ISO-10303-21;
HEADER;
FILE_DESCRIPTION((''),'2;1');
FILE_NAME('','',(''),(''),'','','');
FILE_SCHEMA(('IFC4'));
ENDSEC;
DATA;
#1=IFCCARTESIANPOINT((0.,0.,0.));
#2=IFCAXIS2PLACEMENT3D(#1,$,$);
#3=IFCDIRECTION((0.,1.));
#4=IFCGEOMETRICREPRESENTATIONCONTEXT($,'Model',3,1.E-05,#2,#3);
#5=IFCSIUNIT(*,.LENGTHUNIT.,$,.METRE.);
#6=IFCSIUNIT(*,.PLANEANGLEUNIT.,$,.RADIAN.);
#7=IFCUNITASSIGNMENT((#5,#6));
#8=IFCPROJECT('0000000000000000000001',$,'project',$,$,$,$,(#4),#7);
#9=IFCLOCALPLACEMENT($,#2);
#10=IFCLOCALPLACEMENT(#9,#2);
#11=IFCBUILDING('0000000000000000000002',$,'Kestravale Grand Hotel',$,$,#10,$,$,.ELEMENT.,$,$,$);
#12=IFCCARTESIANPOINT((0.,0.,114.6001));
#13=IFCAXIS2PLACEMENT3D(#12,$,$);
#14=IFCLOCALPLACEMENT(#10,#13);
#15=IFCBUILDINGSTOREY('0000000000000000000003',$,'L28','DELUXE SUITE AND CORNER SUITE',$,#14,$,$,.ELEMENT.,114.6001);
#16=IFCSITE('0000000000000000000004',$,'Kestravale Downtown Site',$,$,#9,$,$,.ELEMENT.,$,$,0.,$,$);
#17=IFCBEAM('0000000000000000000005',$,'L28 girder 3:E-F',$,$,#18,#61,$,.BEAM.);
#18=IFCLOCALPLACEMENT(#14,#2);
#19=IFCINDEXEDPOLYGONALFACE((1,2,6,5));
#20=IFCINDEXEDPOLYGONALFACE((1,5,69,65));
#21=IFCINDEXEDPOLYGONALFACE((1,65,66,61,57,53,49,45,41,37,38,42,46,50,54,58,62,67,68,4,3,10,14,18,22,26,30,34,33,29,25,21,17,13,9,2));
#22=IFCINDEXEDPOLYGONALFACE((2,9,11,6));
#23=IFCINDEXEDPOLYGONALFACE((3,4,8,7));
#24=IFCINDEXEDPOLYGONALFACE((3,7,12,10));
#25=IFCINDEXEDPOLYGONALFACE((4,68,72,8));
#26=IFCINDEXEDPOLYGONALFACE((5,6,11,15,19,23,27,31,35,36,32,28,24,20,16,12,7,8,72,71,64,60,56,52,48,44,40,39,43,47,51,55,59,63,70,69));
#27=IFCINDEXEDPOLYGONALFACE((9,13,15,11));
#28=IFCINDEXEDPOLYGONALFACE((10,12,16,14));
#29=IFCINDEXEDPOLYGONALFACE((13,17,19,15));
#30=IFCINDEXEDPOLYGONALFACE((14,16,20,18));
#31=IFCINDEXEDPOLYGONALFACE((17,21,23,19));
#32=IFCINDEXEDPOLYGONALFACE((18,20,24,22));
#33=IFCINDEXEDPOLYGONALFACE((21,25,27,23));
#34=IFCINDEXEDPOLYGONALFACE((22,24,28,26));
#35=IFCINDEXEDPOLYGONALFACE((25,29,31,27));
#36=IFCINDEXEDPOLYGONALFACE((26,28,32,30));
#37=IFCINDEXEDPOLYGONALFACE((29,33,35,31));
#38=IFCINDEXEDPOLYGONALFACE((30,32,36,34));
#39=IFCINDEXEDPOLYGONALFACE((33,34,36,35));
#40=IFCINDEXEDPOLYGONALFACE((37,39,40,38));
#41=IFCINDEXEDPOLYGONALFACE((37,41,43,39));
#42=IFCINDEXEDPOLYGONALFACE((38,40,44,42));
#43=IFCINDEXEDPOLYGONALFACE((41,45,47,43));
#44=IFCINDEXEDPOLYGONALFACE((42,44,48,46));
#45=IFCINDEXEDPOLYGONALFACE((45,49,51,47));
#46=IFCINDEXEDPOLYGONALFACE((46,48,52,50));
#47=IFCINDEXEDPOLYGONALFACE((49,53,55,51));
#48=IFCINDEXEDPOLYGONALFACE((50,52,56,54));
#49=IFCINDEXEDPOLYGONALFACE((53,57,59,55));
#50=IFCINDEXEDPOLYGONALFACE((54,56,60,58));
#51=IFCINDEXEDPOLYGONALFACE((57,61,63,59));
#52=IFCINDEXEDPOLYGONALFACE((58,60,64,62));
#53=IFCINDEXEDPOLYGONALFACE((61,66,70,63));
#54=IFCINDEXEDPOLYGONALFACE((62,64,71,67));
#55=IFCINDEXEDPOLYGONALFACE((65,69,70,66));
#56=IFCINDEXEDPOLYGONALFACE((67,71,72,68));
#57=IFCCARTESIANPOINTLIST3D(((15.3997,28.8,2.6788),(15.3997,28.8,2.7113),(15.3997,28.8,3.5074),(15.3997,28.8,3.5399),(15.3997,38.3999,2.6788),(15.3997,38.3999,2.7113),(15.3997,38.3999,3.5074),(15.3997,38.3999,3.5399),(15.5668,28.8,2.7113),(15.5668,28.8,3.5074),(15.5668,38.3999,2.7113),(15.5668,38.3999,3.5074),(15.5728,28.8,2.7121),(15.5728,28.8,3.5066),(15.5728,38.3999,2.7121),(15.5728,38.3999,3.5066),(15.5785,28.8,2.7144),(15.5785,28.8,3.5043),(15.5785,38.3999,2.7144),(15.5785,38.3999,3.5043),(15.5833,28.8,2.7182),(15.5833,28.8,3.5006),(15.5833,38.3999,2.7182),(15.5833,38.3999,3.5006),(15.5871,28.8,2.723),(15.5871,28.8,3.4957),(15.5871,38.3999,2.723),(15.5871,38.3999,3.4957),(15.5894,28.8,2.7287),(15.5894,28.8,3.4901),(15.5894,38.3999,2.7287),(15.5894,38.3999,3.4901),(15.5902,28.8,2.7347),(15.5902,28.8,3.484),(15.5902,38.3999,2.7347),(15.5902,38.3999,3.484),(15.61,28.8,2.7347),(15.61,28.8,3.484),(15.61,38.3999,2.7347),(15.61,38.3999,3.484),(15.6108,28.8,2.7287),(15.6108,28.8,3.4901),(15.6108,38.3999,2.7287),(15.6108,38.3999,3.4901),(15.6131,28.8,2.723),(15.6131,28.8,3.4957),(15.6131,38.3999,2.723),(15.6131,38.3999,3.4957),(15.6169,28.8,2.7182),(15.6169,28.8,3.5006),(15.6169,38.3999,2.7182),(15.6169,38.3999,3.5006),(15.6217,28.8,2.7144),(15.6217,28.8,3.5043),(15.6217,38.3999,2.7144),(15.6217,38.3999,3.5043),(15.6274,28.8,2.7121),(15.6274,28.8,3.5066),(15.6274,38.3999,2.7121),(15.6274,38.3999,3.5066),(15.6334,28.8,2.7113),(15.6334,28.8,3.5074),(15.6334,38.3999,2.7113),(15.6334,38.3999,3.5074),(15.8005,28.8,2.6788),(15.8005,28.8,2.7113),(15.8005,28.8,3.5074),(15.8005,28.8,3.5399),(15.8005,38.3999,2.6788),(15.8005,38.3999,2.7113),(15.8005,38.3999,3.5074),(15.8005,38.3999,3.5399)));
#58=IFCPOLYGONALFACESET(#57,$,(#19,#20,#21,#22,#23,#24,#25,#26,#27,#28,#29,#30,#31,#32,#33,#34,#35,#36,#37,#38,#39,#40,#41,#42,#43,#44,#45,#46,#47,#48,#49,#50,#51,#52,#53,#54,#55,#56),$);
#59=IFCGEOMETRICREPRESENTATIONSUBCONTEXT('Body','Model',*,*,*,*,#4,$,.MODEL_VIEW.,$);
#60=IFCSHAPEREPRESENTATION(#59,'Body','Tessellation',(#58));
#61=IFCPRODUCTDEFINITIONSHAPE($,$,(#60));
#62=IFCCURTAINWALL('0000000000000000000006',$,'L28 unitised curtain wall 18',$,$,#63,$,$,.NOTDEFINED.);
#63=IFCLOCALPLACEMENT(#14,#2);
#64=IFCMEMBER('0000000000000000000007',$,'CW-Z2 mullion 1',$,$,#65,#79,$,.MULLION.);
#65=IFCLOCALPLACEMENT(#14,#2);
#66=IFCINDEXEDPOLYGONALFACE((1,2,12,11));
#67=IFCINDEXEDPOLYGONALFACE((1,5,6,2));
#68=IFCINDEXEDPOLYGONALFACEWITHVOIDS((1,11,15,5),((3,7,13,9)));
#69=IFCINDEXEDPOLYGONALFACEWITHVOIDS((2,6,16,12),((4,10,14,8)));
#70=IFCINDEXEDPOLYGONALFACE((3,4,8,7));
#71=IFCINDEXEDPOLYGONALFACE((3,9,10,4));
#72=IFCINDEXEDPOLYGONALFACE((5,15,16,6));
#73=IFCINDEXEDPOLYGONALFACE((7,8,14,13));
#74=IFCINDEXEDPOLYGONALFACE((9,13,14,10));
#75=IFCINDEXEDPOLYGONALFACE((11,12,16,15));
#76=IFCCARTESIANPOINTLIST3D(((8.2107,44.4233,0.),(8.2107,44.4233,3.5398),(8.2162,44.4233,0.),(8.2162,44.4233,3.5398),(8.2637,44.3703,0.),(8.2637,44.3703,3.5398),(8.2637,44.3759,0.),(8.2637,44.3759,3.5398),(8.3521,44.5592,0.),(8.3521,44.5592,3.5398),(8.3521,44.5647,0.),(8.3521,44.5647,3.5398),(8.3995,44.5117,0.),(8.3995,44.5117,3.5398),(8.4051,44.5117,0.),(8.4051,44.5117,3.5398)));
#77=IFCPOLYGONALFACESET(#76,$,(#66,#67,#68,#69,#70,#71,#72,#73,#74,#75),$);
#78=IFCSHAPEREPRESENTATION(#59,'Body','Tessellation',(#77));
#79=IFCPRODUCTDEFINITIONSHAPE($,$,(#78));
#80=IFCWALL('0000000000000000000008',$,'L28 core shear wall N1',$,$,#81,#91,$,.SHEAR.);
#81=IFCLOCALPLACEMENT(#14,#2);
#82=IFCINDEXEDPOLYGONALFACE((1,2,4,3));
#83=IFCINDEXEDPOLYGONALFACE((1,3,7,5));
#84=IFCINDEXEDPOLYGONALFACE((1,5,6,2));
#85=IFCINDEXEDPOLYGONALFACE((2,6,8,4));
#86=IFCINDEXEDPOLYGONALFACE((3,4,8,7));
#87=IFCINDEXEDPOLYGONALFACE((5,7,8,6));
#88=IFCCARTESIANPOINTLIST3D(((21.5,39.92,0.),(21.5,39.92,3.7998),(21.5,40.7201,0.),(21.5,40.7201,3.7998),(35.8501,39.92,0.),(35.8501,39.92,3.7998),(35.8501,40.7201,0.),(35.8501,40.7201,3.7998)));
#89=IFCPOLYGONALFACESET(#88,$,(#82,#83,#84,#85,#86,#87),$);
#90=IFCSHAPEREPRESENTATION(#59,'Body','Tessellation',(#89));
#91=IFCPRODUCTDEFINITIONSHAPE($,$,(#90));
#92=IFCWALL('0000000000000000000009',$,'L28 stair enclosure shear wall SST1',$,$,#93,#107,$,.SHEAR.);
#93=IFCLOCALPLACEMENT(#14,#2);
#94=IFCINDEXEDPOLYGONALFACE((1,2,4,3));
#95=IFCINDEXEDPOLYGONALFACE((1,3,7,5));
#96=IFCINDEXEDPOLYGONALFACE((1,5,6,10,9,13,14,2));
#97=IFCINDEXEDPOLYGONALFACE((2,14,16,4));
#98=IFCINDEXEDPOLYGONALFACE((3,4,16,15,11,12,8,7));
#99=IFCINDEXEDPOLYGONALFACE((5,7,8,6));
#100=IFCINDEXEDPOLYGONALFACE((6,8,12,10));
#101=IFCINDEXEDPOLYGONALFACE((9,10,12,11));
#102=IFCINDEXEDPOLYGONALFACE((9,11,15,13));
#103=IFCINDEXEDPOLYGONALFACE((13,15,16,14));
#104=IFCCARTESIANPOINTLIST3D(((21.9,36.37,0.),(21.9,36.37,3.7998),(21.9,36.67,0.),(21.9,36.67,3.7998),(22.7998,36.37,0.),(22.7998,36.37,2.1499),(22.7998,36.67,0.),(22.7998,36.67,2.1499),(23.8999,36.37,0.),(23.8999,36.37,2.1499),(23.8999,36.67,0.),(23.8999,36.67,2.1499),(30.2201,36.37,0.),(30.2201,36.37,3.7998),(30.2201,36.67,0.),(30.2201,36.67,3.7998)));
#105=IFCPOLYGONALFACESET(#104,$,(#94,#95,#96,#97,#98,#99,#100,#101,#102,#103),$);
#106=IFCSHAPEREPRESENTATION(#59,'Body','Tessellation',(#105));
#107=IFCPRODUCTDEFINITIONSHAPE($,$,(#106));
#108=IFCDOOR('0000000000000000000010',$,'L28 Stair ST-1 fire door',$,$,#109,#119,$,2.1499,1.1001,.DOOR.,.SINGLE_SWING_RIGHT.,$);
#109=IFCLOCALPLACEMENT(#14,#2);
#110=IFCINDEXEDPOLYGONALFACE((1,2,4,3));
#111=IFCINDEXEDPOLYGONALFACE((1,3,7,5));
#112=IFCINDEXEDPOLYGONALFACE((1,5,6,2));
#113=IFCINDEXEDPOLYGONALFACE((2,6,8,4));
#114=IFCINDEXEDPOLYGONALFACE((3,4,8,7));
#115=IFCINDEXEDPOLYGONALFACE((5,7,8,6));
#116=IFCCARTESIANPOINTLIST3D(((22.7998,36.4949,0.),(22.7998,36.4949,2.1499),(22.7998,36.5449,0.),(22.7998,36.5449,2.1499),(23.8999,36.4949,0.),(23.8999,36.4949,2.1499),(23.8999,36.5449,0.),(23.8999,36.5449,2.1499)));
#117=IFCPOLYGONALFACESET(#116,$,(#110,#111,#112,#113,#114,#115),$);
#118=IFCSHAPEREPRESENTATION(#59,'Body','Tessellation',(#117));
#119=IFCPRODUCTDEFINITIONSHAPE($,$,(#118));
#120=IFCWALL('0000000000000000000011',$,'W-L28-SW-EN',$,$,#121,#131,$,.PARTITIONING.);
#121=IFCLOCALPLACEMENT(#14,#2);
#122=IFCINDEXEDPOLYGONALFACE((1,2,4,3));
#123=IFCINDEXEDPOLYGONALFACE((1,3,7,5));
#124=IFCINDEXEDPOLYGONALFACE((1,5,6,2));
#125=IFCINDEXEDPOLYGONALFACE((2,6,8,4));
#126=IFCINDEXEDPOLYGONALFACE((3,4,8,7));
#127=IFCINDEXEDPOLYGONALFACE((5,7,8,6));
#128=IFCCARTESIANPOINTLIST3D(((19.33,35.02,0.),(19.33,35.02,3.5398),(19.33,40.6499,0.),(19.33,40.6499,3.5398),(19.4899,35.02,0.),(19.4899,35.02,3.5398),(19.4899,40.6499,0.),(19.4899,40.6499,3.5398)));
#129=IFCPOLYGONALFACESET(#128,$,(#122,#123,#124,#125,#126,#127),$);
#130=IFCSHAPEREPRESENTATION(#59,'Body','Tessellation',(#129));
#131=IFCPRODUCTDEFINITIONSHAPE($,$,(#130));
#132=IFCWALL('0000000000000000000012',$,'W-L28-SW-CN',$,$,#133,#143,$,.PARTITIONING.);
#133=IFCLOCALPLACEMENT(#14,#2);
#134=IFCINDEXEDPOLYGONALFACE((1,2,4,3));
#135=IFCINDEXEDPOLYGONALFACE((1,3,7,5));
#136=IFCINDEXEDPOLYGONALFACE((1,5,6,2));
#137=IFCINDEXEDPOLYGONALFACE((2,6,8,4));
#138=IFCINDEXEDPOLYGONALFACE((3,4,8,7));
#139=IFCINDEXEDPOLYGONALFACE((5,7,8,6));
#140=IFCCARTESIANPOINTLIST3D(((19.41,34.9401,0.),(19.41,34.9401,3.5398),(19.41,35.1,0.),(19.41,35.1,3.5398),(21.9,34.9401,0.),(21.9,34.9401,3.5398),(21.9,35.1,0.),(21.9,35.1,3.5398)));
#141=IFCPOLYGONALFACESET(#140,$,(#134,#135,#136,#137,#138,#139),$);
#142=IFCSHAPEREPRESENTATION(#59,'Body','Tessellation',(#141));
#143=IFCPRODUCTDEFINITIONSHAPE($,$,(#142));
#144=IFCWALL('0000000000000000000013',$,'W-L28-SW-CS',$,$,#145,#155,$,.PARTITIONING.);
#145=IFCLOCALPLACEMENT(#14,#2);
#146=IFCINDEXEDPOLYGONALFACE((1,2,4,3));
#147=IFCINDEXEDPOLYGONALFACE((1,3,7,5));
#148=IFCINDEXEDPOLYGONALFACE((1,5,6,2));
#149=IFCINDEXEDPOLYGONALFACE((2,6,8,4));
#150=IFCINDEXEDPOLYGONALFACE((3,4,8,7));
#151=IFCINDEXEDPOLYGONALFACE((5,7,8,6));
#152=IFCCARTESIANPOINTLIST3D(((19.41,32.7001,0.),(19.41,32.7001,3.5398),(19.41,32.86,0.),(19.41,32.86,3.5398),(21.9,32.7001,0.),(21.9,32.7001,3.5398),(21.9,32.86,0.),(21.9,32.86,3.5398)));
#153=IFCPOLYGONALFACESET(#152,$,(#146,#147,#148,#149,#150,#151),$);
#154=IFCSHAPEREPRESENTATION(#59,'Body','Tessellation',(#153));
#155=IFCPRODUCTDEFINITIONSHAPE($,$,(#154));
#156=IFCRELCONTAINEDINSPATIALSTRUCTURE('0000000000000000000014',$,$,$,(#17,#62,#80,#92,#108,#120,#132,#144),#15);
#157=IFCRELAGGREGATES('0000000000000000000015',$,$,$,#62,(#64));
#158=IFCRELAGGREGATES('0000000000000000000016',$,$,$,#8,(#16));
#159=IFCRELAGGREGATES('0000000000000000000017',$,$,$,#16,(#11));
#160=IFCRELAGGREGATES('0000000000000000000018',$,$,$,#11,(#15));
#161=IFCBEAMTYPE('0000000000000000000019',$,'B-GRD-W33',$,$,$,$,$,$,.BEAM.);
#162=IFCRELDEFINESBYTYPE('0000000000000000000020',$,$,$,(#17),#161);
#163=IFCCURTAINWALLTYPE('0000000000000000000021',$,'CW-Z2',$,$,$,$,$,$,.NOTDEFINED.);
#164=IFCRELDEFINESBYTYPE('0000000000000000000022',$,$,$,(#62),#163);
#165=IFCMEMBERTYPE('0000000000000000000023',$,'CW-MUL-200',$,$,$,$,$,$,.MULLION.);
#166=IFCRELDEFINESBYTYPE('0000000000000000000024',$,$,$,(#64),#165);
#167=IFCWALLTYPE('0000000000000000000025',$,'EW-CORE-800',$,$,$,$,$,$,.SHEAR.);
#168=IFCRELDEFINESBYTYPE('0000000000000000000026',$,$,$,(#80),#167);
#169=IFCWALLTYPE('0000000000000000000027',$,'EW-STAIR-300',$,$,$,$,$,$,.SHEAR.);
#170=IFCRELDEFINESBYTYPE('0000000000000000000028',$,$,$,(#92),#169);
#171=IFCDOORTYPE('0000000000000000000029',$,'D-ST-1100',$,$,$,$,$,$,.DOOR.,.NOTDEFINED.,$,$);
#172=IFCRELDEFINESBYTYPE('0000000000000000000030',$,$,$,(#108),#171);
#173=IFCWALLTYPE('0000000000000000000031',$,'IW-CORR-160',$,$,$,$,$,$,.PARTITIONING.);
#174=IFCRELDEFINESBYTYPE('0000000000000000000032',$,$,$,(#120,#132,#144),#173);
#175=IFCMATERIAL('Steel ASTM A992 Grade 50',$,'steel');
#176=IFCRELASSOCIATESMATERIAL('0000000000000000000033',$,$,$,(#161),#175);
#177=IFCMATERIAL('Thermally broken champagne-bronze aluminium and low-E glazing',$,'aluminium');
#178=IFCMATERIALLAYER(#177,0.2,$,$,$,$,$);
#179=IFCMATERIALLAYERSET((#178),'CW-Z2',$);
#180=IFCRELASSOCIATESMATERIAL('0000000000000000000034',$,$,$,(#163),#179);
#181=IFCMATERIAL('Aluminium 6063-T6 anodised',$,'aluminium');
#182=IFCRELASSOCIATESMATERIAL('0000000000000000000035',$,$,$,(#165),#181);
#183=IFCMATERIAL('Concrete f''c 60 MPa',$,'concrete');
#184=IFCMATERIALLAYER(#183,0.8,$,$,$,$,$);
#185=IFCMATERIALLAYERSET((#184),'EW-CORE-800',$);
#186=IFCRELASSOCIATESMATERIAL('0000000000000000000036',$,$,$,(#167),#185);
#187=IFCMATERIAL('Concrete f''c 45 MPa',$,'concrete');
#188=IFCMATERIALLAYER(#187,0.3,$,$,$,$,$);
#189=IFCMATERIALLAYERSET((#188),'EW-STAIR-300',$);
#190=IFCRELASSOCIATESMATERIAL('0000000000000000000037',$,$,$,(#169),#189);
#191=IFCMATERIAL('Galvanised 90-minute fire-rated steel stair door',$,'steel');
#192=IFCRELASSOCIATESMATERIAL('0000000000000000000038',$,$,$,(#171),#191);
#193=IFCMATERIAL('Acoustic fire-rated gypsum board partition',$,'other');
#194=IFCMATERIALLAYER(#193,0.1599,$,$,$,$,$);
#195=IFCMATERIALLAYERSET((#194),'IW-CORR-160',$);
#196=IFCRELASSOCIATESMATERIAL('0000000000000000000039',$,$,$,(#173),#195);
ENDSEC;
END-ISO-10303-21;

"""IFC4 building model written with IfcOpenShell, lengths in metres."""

from ifc_helpers import new_model, si_unit, direction, frame, frame_2d, origin, origin_2d, place, context, subcontext, project, spatial, rectangle, hollow_rectangle, i_section, extrude, material, layer, layer_set, material_profile, profile_set, type_object, element, fill, aggregate, save


model = new_model("IFC4")

# Units and contexts
model_context = context("Model", 3, precision=1e-05, world=origin(), true_north=direction((0.0, 1.0)))
body_context = subcontext(model_context, "Body", "Model", "MODEL_VIEW")
ifc_project = project(units=[si_unit("LENGTHUNIT", "METRE"), si_unit("PLANEANGLEUNIT", "RADIAN")], contexts=[model_context])

# Site, building, storey
site_placement = place(None, origin())
site = spatial("IfcSite", under=ifc_project, at=site_placement, Name="Kestravale Downtown Site", CompositionType="ELEMENT", RefElevation=0.0)
building_placement = place(site_placement, origin())
building = spatial("IfcBuilding", under=site, at=building_placement, Name="Kestravale Grand Hotel", CompositionType="ELEMENT")
storey_placement = place(building_placement, frame((0.0, 0.0, 114.6001)))
storey = spatial("IfcBuildingStorey", under=building, at=storey_placement, Name="L28", Description="DELUXE SUITE AND CORNER SUITE", CompositionType="ELEMENT", Elevation=114.6001)

# Beam
ifc_material_1 = material(Name="Steel ASTM A992 Grade 50", Category="steel")
ifc_material_profile_1 = material_profile(ifc_material_1, i_section(OverallWidth=0.4009, OverallDepth=0.8611, WebThickness=0.0198, FlangeThickness=0.0325, FilletRadius=0.0234, at=origin_2d()))
ifc_profile_set_1 = profile_set([ifc_material_profile_1], Name="Steel ASTM A992 Grade 50")
beam_type_1 = type_object("IfcBeamType", Name="B-GRD-W33", PredefinedType="BEAM", material=ifc_profile_set_1)
beam_1_placement = place(storey_placement, frame((15.6001, 28.8, 3.1094), z_axis=(0.0, 1.0, 0.0), x_axis=(-1.0, 0.0, 0.0)))
element("IfcBeam", 1, at=beam_1_placement, inside=storey, type_object=beam_type_1, Name="L28 girder 3:E-F", PredefinedType="BEAM", context=body_context, shape_type="SweptSolid", body=[
    extrude(i_section(OverallWidth=0.4009, OverallDepth=0.8611, WebThickness=0.0198, FlangeThickness=0.0325, FilletRadius=0.0234, at=origin_2d()), origin(), (0.0, 0.0, 1.0), 9.5999),
])

# Curtain wall, member
ifc_material_2 = material(Name="Thermally broken champagne-bronze aluminium and low-E glazing", Category="aluminium")
ifc_layer_1 = layer(ifc_material_2, 0.2)
ifc_layer_set_1 = layer_set([ifc_layer_1], Name="CW-Z2")
curtain_wall_type = type_object("IfcCurtainWallType", Name="CW-Z2", PredefinedType="NOTDEFINED", material=ifc_layer_set_1)
curtain_wall_placement = place(storey_placement, origin())
curtain_wall = element("IfcCurtainWall", 2, at=curtain_wall_placement, inside=storey, type_object=curtain_wall_type, Name="L28 unitised curtain wall 18", PredefinedType="NOTDEFINED")
ifc_material_3 = material(Name="Aluminium 6063-T6 anodised", Category="aluminium")
ifc_material_profile_2 = material_profile(ifc_material_3, hollow_rectangle(XDim=0.075, YDim=0.2, WallThickness=0.0039, at=origin_2d()))
ifc_profile_set_2 = profile_set([ifc_material_profile_2], Name="Aluminium 6063-T6 anodised")
member_type = type_object("IfcMemberType", Name="CW-MUL-200", PredefinedType="MULLION", material=ifc_profile_set_2)
member_placement = place(storey_placement, frame((8.3079, 44.4675, 0.0), z_axis=(0.0, 0.0, 1.0), x_axis=(0.707107, -0.707107, 0.0)))
member = element("IfcMember", 3, at=member_placement, type_object=member_type, Name="CW-Z2 mullion 1", PredefinedType="MULLION", context=body_context, shape_type="SweptSolid", body=[
    extrude(hollow_rectangle(XDim=0.075, YDim=0.2, WallThickness=0.0039, at=origin_2d()), origin(), (0.0, 0.0, 1.0), 3.5398),
])
aggregate(curtain_wall, [member])

# Wall
ifc_material_4 = material(Name="Concrete f'c 60 MPa", Category="concrete")
ifc_layer_2 = layer(ifc_material_4, 0.8)
ifc_layer_set_2 = layer_set([ifc_layer_2], Name="EW-CORE-800")
wall_type_1 = type_object("IfcWallType", Name="EW-CORE-800", PredefinedType="SHEAR", material=ifc_layer_set_2)
wall_1_placement = place(storey_placement, frame((21.5, 40.3201, 0.0), z_axis=(0.0, 0.0, 1.0), x_axis=(1.0, 0.0, 0.0)))
element("IfcWall", 4, at=wall_1_placement, inside=storey, type_object=wall_type_1, Name="L28 core shear wall N1", PredefinedType="SHEAR", context=body_context, shape_type="SweptSolid", body=[
    extrude(rectangle(XDim=14.3501, YDim=0.8, at=frame_2d((7.175, 0.0))), origin(), (0.0, 0.0, 1.0), 3.7998),
])

# Wall, opening, door
ifc_material_5 = material(Name="Concrete f'c 45 MPa", Category="concrete")
ifc_layer_3 = layer(ifc_material_5, 0.3)
ifc_layer_set_3 = layer_set([ifc_layer_3], Name="EW-STAIR-300")
wall_type_2 = type_object("IfcWallType", Name="EW-STAIR-300", PredefinedType="SHEAR", material=ifc_layer_set_3)
wall_2_placement = place(storey_placement, frame((21.8999, 36.52, 0.0), z_axis=(0.0, 0.0, 1.0), x_axis=(1.0, 0.0, 0.0)))
wall_2 = element("IfcWall", 5, at=wall_2_placement, inside=storey, type_object=wall_type_2, Name="L28 stair enclosure shear wall SST1", PredefinedType="SHEAR", context=body_context, shape_type="SweptSolid", body=[
    extrude(rectangle(XDim=8.3201, YDim=0.3, at=frame_2d((4.1602, 0.0))), origin(), (0.0, 0.0, 1.0), 3.7998),
])
opening_1_placement = place(wall_2_placement, frame((0.8999, 0.0, 0.0)))
opening_1 = element("IfcOpeningElement", 6, at=opening_1_placement, cuts=wall_2, PredefinedType="OPENING", context=body_context, shape_type="SweptSolid", body=[
    extrude(rectangle(XDim=1.1001, YDim=2.1499, at=frame_2d((0.55, 1.075))), frame((0.0, 0.1599, 0.0), z_axis=(0.0, -1.0, 0.0), x_axis=(1.0, 0.0, 0.0)), (0.0, 0.0, 1.0), 0.3201),
])
ifc_material_6 = material(Name="Galvanised 90-minute fire-rated steel stair door", Category="steel")
door_type_1 = type_object("IfcDoorType", Name="D-ST-1100", OperationType="NOTDEFINED", PredefinedType="DOOR", material=ifc_material_6)
door_1_placement = place(opening_1_placement, origin())
door_1 = element("IfcDoor", 7, at=door_1_placement, inside=storey, type_object=door_type_1, Name="L28 Stair ST-1 fire door", OperationType="SINGLE_SWING_RIGHT", OverallHeight=2.1499, OverallWidth=1.1001, PredefinedType="DOOR", context=body_context, shape_type="SweptSolid", body=[
    extrude(rectangle(XDim=1.1001, YDim=2.1499, at=frame_2d((0.55, 1.075))), frame((0.0, 0.0249, 0.0), z_axis=(0.0, -1.0, 0.0), x_axis=(1.0, 0.0, 0.0)), (0.0, 0.0, 1.0), 0.05),
])
fill(opening_1, door_1)

# Walls
ifc_material_7 = material(Name="Acoustic fire-rated gypsum board partition", Category="other")
ifc_layer_4 = layer(ifc_material_7, 0.1599)
ifc_layer_set_4 = layer_set([ifc_layer_4], Name="IW-CORR-160")
wall_type_3 = type_object("IfcWallType", Name="IW-CORR-160", PredefinedType="PARTITIONING", material=ifc_layer_set_4)
wall_3_placement = place(storey_placement, frame((19.4099, 35.02, 0.0), z_axis=(0.0, 0.0, 1.0), x_axis=(0.0, 1.0, 0.0)))
element("IfcWall", 8, at=wall_3_placement, inside=storey, type_object=wall_type_3, Name="W-L28-SW-EN", PredefinedType="PARTITIONING", context=body_context, shape_type="SweptSolid", body=[
    extrude(rectangle(XDim=5.6299, YDim=0.1599, at=frame_2d((2.8149, 0.0))), origin(), (0.0, 0.0, 1.0), 3.5398),
])
for number, where, z_axis, x_axis, name in (
    (9, (19.4099, 35.02, 0.0), (0.0, 0.0, 1.0), (1.0, 0.0, 0.0), "W-L28-SW-CN"),
    (10, (19.4099, 32.78, 0.0), (0.0, 0.0, 1.0), (1.0, 0.0, 0.0), "W-L28-SW-CS"),
):
    element("IfcWall", number, at=place(storey_placement, frame(where, z_axis=z_axis, x_axis=x_axis)), inside=storey, type_object=wall_type_3, Name=name, PredefinedType="PARTITIONING", context=body_context, shape_type="SweptSolid", body=[
        extrude(rectangle(XDim=2.49, YDim=0.1599, at=frame_2d((1.2451, 0.0))), origin(), (0.0, 0.0, 1.0), 3.5398),
    ])

save(model, "model.ifc")
